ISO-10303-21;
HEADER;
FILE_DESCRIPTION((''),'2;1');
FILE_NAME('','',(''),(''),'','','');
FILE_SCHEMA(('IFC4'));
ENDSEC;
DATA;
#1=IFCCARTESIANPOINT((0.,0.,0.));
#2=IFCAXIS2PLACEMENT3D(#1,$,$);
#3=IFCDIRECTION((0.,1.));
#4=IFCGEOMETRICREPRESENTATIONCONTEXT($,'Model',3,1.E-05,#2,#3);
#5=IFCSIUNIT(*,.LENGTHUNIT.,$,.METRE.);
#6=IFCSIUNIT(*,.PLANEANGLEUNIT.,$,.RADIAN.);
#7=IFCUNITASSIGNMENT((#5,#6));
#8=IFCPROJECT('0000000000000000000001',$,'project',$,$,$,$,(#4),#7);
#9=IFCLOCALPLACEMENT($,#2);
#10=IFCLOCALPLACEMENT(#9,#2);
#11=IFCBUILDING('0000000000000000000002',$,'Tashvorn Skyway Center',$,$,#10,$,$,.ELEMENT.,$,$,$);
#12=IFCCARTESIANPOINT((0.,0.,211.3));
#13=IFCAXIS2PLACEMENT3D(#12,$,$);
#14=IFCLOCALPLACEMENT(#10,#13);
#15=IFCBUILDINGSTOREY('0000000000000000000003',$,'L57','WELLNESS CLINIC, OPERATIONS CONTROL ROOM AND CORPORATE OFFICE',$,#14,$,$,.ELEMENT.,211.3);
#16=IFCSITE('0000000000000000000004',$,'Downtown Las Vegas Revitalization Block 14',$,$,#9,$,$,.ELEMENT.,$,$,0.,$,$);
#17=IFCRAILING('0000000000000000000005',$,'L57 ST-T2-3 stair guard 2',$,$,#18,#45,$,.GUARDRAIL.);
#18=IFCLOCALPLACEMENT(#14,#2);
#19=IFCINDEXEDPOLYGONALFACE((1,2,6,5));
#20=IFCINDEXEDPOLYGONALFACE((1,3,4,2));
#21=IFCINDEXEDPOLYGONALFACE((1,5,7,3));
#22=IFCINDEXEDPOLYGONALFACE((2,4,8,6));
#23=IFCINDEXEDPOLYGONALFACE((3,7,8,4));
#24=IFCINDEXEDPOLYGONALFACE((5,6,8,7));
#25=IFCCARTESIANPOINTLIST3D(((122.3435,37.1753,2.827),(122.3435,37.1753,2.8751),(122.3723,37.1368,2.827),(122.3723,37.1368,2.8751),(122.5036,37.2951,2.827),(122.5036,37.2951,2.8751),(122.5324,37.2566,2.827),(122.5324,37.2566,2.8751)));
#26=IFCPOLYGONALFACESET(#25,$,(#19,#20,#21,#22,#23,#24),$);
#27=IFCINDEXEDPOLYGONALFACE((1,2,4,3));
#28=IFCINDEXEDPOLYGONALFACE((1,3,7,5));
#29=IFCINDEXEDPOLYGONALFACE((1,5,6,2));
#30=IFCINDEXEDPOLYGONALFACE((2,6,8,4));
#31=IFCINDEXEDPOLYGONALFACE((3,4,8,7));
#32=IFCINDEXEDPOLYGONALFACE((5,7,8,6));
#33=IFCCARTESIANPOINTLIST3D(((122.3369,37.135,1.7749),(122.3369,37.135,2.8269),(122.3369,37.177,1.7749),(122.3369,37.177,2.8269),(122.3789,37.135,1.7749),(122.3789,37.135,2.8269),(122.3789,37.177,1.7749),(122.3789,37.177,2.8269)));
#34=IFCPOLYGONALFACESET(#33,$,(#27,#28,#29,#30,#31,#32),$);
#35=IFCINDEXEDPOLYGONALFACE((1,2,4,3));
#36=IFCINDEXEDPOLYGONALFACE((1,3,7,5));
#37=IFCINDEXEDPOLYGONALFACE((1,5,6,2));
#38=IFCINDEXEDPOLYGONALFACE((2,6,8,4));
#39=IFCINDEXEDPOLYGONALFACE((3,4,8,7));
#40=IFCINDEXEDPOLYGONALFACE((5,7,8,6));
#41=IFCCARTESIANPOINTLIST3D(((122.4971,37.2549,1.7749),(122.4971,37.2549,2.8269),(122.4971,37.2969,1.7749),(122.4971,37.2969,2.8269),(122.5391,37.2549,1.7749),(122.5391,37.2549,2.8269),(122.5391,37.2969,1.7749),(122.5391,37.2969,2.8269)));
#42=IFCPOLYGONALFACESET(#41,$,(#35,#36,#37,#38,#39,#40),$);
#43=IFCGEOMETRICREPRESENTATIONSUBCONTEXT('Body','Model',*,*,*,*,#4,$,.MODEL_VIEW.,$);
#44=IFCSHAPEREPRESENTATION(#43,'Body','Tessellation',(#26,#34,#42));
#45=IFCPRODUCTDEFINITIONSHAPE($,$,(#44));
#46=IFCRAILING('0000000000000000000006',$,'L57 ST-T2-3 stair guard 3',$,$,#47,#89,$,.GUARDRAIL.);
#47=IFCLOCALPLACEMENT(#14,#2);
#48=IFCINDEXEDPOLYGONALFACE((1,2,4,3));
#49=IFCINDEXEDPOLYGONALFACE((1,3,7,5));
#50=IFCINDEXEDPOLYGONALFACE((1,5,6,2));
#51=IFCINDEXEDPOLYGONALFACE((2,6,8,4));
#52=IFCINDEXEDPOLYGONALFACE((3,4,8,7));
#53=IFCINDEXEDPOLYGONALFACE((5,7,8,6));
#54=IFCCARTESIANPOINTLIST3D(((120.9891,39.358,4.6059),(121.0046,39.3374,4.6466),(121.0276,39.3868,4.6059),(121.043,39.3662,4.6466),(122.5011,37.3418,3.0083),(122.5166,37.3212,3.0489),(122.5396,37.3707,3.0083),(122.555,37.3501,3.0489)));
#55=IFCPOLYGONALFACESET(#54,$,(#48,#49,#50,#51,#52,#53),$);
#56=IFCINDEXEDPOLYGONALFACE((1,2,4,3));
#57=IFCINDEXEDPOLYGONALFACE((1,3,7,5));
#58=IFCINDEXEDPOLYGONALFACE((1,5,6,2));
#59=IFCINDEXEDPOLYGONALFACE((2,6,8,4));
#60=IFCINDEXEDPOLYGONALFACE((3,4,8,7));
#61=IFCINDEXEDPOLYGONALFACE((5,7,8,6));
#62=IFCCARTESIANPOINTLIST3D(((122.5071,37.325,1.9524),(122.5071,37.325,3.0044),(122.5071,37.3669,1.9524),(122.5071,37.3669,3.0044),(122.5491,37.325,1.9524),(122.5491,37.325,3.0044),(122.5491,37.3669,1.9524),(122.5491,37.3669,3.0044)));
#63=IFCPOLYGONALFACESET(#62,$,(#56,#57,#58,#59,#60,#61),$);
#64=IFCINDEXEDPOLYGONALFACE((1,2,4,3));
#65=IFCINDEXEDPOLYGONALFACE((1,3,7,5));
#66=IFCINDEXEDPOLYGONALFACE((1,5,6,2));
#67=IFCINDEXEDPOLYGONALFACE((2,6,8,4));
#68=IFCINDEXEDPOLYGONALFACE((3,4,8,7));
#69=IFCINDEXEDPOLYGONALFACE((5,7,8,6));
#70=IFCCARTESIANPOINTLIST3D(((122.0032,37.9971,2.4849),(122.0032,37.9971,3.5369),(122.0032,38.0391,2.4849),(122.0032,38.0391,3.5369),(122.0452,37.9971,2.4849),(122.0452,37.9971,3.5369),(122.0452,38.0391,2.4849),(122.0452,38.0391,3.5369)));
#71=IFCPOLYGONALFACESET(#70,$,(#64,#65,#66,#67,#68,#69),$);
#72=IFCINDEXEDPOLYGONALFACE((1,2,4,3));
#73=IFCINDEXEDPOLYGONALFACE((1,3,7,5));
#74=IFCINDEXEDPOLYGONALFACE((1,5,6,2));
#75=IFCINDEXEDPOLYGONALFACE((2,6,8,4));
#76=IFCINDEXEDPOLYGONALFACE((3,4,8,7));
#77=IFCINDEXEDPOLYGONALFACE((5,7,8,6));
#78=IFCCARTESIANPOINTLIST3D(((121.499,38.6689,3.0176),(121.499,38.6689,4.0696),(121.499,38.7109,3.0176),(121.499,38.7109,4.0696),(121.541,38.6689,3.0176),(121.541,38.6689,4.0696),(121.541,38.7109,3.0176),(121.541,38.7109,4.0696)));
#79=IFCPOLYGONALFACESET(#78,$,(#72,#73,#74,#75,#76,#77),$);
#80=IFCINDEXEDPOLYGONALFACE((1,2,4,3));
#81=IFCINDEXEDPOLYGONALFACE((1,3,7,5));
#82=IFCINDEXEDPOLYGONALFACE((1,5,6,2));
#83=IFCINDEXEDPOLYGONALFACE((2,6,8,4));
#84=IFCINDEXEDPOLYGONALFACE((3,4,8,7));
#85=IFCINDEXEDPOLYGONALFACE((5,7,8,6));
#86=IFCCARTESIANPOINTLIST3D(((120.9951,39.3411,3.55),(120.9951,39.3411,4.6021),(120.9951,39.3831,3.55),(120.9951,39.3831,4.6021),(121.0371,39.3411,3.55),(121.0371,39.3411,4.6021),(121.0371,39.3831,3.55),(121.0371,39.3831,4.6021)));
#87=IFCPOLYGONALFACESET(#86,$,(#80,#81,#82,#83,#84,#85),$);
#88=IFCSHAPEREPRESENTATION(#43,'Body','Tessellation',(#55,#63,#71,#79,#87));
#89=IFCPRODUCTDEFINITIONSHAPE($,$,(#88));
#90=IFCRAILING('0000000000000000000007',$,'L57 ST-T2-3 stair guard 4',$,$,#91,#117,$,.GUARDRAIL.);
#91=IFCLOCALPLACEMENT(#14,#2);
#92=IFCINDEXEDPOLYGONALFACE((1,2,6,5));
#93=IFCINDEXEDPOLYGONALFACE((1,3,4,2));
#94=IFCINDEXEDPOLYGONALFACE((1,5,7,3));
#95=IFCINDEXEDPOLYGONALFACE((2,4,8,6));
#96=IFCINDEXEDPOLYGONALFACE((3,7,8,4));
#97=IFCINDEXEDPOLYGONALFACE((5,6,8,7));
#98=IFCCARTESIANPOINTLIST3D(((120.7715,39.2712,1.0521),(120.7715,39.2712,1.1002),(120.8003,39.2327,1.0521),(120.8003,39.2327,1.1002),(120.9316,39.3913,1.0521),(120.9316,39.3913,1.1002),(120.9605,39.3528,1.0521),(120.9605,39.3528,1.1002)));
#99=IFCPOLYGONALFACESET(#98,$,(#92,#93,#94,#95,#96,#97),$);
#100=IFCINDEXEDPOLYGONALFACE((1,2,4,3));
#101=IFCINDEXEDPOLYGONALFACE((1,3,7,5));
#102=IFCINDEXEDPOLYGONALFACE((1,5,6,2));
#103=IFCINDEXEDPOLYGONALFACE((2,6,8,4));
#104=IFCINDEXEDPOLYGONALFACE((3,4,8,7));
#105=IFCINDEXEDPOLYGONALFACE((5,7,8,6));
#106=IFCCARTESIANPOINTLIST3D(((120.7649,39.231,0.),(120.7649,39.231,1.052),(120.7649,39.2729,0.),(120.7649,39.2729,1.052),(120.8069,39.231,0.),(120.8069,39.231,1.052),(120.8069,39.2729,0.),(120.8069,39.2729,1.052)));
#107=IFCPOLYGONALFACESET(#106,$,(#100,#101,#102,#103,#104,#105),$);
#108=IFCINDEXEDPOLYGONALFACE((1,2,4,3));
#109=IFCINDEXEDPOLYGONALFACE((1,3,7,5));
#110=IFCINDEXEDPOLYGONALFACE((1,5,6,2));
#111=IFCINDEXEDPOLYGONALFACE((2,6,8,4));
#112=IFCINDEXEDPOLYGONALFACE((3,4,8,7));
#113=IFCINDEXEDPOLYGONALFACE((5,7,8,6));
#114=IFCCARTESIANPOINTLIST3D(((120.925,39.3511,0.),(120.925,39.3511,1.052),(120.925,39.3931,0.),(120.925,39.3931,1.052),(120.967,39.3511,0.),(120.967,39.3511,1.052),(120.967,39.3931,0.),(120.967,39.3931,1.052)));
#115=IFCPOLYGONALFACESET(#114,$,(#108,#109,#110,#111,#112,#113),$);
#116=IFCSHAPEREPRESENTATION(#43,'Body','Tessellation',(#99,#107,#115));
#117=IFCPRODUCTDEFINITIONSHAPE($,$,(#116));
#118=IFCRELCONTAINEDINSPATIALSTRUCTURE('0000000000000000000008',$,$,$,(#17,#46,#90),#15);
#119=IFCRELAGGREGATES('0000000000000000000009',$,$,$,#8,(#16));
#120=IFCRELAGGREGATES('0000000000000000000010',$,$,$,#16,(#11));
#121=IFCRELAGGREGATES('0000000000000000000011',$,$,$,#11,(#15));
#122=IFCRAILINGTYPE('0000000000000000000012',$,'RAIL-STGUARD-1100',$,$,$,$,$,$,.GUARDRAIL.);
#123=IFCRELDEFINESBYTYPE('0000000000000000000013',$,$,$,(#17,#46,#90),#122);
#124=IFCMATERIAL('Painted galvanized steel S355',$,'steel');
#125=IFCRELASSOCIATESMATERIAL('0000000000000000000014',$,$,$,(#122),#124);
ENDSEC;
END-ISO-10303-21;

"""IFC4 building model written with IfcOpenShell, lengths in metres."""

from ifc_helpers import new_model, si_unit, direction, frame, origin, origin_2d, place, context, subcontext, project, spatial, rectangle, extrude, material, type_object, element, save


model = new_model("IFC4")

# Units and contexts
model_context = context("Model", 3, precision=1e-05, world=origin(), true_north=direction((0.0, 1.0)))
body_context = subcontext(model_context, "Body", "Model", "MODEL_VIEW")
ifc_project = project(units=[si_unit("LENGTHUNIT", "METRE"), si_unit("PLANEANGLEUNIT", "RADIAN")], contexts=[model_context])

# Site, building, storey
site_placement = place(None, origin())
site = spatial("IfcSite", under=ifc_project, at=site_placement, Name="Downtown Las Vegas Revitalization Block 14", CompositionType="ELEMENT", RefElevation=0.0)
building_placement = place(site_placement, origin())
building = spatial("IfcBuilding", under=site, at=building_placement, Name="Tashvorn Skyway Center", CompositionType="ELEMENT")
storey_placement = place(building_placement, frame((0.0, 0.0, 211.3)))
storey = spatial("IfcBuildingStorey", under=building, at=storey_placement, Name="L57", Description="WELLNESS CLINIC, OPERATIONS CONTROL ROOM AND CORPORATE OFFICE", CompositionType="ELEMENT", Elevation=211.3)

# Railings
ifc_material_1 = material(Name="Painted galvanized steel S355", Category="steel")
railing_type_1 = type_object("IfcRailingType", Name="RAIL-STGUARD-1100", PredefinedType="GUARDRAIL", material=ifc_material_1)
railing_1_placement = place(storey_placement, frame((122.3579, 37.156, 1.7749)))
element("IfcRailing", 1, at=railing_1_placement, inside=storey, type_object=railing_type_1, Name="L57 ST-T2-3 stair guard 2", PredefinedType="GUARDRAIL", context=body_context, shape_type="SweptSolid", body=[
    extrude(rectangle(XDim=0.0481, YDim=0.0481, at=origin_2d()), frame((0.0, 0.0, 1.0762), z_axis=(0.800585, 0.599219, 0.0), x_axis=(-0.599219, 0.800585, 0.0)), (0.0, 0.0, 1.0), 0.2),
    extrude(rectangle(XDim=0.042, YDim=0.042, at=origin_2d()), origin(), (0.0, 0.0, 1.0), 1.052),
    extrude(rectangle(XDim=0.042, YDim=0.042, at=origin_2d()), frame((0.1602, 0.1199, 0.0)), (0.0, 0.0, 1.0), 1.052),
])
railing_2_placement = place(storey_placement, frame((122.5281, 37.3459, 1.9524)))
element("IfcRailing", 2, at=railing_2_placement, inside=storey, type_object=railing_type_1, Name="L57 ST-T2-3 stair guard 3", PredefinedType="GUARDRAIL", context=body_context, shape_type="SweptSolid", body=[
    extrude(rectangle(XDim=0.0481, YDim=0.0481, at=origin_2d()), frame((0.0, 0.0, 1.0762), z_axis=(-0.506719, 0.675679, 0.535438), x_axis=(-0.800023, -0.599969, 0.0)), (0.0, 0.0, 1.0), 2.9839),
    extrude(rectangle(XDim=0.042, YDim=0.042, at=origin_2d()), origin(), (0.0, 0.0, 1.0), 1.052),
    extrude(rectangle(XDim=0.042, YDim=0.042, at=origin_2d()), frame((-0.5039, 0.6721, 0.5325)), (0.0, 0.0, 1.0), 1.052),
    extrude(rectangle(XDim=0.042, YDim=0.042, at=origin_2d()), frame((-1.0081, 1.344, 1.0652)), (0.0, 0.0, 1.0), 1.052),
    extrude(rectangle(XDim=0.042, YDim=0.042, at=origin_2d()), frame((-1.512, 2.0161, 1.5977)), (0.0, 0.0, 1.0), 1.052),
])
railing_3_placement = place(storey_placement, frame((120.7859, 39.252, 0.0)))
element("IfcRailing", 3, at=railing_3_placement, inside=storey, type_object=railing_type_1, Name="L57 ST-T2-3 stair guard 4", PredefinedType="GUARDRAIL", context=body_context, shape_type="SweptSolid", body=[
    extrude(rectangle(XDim=0.0481, YDim=0.0481, at=origin_2d()), frame((0.0, 0.0, 1.0762), z_axis=(0.8, 0.6, 0.0), x_axis=(-0.6, 0.8, 0.0)), (0.0, 0.0, 1.0), 0.2002),
    extrude(rectangle(XDim=0.042, YDim=0.042, at=origin_2d()), origin(), (0.0, 0.0, 1.0), 1.052),
    extrude(rectangle(XDim=0.042, YDim=0.042, at=origin_2d()), frame((0.1602, 0.1201, 0.0)), (0.0, 0.0, 1.0), 1.052),
])

save(model, "model.ifc")
